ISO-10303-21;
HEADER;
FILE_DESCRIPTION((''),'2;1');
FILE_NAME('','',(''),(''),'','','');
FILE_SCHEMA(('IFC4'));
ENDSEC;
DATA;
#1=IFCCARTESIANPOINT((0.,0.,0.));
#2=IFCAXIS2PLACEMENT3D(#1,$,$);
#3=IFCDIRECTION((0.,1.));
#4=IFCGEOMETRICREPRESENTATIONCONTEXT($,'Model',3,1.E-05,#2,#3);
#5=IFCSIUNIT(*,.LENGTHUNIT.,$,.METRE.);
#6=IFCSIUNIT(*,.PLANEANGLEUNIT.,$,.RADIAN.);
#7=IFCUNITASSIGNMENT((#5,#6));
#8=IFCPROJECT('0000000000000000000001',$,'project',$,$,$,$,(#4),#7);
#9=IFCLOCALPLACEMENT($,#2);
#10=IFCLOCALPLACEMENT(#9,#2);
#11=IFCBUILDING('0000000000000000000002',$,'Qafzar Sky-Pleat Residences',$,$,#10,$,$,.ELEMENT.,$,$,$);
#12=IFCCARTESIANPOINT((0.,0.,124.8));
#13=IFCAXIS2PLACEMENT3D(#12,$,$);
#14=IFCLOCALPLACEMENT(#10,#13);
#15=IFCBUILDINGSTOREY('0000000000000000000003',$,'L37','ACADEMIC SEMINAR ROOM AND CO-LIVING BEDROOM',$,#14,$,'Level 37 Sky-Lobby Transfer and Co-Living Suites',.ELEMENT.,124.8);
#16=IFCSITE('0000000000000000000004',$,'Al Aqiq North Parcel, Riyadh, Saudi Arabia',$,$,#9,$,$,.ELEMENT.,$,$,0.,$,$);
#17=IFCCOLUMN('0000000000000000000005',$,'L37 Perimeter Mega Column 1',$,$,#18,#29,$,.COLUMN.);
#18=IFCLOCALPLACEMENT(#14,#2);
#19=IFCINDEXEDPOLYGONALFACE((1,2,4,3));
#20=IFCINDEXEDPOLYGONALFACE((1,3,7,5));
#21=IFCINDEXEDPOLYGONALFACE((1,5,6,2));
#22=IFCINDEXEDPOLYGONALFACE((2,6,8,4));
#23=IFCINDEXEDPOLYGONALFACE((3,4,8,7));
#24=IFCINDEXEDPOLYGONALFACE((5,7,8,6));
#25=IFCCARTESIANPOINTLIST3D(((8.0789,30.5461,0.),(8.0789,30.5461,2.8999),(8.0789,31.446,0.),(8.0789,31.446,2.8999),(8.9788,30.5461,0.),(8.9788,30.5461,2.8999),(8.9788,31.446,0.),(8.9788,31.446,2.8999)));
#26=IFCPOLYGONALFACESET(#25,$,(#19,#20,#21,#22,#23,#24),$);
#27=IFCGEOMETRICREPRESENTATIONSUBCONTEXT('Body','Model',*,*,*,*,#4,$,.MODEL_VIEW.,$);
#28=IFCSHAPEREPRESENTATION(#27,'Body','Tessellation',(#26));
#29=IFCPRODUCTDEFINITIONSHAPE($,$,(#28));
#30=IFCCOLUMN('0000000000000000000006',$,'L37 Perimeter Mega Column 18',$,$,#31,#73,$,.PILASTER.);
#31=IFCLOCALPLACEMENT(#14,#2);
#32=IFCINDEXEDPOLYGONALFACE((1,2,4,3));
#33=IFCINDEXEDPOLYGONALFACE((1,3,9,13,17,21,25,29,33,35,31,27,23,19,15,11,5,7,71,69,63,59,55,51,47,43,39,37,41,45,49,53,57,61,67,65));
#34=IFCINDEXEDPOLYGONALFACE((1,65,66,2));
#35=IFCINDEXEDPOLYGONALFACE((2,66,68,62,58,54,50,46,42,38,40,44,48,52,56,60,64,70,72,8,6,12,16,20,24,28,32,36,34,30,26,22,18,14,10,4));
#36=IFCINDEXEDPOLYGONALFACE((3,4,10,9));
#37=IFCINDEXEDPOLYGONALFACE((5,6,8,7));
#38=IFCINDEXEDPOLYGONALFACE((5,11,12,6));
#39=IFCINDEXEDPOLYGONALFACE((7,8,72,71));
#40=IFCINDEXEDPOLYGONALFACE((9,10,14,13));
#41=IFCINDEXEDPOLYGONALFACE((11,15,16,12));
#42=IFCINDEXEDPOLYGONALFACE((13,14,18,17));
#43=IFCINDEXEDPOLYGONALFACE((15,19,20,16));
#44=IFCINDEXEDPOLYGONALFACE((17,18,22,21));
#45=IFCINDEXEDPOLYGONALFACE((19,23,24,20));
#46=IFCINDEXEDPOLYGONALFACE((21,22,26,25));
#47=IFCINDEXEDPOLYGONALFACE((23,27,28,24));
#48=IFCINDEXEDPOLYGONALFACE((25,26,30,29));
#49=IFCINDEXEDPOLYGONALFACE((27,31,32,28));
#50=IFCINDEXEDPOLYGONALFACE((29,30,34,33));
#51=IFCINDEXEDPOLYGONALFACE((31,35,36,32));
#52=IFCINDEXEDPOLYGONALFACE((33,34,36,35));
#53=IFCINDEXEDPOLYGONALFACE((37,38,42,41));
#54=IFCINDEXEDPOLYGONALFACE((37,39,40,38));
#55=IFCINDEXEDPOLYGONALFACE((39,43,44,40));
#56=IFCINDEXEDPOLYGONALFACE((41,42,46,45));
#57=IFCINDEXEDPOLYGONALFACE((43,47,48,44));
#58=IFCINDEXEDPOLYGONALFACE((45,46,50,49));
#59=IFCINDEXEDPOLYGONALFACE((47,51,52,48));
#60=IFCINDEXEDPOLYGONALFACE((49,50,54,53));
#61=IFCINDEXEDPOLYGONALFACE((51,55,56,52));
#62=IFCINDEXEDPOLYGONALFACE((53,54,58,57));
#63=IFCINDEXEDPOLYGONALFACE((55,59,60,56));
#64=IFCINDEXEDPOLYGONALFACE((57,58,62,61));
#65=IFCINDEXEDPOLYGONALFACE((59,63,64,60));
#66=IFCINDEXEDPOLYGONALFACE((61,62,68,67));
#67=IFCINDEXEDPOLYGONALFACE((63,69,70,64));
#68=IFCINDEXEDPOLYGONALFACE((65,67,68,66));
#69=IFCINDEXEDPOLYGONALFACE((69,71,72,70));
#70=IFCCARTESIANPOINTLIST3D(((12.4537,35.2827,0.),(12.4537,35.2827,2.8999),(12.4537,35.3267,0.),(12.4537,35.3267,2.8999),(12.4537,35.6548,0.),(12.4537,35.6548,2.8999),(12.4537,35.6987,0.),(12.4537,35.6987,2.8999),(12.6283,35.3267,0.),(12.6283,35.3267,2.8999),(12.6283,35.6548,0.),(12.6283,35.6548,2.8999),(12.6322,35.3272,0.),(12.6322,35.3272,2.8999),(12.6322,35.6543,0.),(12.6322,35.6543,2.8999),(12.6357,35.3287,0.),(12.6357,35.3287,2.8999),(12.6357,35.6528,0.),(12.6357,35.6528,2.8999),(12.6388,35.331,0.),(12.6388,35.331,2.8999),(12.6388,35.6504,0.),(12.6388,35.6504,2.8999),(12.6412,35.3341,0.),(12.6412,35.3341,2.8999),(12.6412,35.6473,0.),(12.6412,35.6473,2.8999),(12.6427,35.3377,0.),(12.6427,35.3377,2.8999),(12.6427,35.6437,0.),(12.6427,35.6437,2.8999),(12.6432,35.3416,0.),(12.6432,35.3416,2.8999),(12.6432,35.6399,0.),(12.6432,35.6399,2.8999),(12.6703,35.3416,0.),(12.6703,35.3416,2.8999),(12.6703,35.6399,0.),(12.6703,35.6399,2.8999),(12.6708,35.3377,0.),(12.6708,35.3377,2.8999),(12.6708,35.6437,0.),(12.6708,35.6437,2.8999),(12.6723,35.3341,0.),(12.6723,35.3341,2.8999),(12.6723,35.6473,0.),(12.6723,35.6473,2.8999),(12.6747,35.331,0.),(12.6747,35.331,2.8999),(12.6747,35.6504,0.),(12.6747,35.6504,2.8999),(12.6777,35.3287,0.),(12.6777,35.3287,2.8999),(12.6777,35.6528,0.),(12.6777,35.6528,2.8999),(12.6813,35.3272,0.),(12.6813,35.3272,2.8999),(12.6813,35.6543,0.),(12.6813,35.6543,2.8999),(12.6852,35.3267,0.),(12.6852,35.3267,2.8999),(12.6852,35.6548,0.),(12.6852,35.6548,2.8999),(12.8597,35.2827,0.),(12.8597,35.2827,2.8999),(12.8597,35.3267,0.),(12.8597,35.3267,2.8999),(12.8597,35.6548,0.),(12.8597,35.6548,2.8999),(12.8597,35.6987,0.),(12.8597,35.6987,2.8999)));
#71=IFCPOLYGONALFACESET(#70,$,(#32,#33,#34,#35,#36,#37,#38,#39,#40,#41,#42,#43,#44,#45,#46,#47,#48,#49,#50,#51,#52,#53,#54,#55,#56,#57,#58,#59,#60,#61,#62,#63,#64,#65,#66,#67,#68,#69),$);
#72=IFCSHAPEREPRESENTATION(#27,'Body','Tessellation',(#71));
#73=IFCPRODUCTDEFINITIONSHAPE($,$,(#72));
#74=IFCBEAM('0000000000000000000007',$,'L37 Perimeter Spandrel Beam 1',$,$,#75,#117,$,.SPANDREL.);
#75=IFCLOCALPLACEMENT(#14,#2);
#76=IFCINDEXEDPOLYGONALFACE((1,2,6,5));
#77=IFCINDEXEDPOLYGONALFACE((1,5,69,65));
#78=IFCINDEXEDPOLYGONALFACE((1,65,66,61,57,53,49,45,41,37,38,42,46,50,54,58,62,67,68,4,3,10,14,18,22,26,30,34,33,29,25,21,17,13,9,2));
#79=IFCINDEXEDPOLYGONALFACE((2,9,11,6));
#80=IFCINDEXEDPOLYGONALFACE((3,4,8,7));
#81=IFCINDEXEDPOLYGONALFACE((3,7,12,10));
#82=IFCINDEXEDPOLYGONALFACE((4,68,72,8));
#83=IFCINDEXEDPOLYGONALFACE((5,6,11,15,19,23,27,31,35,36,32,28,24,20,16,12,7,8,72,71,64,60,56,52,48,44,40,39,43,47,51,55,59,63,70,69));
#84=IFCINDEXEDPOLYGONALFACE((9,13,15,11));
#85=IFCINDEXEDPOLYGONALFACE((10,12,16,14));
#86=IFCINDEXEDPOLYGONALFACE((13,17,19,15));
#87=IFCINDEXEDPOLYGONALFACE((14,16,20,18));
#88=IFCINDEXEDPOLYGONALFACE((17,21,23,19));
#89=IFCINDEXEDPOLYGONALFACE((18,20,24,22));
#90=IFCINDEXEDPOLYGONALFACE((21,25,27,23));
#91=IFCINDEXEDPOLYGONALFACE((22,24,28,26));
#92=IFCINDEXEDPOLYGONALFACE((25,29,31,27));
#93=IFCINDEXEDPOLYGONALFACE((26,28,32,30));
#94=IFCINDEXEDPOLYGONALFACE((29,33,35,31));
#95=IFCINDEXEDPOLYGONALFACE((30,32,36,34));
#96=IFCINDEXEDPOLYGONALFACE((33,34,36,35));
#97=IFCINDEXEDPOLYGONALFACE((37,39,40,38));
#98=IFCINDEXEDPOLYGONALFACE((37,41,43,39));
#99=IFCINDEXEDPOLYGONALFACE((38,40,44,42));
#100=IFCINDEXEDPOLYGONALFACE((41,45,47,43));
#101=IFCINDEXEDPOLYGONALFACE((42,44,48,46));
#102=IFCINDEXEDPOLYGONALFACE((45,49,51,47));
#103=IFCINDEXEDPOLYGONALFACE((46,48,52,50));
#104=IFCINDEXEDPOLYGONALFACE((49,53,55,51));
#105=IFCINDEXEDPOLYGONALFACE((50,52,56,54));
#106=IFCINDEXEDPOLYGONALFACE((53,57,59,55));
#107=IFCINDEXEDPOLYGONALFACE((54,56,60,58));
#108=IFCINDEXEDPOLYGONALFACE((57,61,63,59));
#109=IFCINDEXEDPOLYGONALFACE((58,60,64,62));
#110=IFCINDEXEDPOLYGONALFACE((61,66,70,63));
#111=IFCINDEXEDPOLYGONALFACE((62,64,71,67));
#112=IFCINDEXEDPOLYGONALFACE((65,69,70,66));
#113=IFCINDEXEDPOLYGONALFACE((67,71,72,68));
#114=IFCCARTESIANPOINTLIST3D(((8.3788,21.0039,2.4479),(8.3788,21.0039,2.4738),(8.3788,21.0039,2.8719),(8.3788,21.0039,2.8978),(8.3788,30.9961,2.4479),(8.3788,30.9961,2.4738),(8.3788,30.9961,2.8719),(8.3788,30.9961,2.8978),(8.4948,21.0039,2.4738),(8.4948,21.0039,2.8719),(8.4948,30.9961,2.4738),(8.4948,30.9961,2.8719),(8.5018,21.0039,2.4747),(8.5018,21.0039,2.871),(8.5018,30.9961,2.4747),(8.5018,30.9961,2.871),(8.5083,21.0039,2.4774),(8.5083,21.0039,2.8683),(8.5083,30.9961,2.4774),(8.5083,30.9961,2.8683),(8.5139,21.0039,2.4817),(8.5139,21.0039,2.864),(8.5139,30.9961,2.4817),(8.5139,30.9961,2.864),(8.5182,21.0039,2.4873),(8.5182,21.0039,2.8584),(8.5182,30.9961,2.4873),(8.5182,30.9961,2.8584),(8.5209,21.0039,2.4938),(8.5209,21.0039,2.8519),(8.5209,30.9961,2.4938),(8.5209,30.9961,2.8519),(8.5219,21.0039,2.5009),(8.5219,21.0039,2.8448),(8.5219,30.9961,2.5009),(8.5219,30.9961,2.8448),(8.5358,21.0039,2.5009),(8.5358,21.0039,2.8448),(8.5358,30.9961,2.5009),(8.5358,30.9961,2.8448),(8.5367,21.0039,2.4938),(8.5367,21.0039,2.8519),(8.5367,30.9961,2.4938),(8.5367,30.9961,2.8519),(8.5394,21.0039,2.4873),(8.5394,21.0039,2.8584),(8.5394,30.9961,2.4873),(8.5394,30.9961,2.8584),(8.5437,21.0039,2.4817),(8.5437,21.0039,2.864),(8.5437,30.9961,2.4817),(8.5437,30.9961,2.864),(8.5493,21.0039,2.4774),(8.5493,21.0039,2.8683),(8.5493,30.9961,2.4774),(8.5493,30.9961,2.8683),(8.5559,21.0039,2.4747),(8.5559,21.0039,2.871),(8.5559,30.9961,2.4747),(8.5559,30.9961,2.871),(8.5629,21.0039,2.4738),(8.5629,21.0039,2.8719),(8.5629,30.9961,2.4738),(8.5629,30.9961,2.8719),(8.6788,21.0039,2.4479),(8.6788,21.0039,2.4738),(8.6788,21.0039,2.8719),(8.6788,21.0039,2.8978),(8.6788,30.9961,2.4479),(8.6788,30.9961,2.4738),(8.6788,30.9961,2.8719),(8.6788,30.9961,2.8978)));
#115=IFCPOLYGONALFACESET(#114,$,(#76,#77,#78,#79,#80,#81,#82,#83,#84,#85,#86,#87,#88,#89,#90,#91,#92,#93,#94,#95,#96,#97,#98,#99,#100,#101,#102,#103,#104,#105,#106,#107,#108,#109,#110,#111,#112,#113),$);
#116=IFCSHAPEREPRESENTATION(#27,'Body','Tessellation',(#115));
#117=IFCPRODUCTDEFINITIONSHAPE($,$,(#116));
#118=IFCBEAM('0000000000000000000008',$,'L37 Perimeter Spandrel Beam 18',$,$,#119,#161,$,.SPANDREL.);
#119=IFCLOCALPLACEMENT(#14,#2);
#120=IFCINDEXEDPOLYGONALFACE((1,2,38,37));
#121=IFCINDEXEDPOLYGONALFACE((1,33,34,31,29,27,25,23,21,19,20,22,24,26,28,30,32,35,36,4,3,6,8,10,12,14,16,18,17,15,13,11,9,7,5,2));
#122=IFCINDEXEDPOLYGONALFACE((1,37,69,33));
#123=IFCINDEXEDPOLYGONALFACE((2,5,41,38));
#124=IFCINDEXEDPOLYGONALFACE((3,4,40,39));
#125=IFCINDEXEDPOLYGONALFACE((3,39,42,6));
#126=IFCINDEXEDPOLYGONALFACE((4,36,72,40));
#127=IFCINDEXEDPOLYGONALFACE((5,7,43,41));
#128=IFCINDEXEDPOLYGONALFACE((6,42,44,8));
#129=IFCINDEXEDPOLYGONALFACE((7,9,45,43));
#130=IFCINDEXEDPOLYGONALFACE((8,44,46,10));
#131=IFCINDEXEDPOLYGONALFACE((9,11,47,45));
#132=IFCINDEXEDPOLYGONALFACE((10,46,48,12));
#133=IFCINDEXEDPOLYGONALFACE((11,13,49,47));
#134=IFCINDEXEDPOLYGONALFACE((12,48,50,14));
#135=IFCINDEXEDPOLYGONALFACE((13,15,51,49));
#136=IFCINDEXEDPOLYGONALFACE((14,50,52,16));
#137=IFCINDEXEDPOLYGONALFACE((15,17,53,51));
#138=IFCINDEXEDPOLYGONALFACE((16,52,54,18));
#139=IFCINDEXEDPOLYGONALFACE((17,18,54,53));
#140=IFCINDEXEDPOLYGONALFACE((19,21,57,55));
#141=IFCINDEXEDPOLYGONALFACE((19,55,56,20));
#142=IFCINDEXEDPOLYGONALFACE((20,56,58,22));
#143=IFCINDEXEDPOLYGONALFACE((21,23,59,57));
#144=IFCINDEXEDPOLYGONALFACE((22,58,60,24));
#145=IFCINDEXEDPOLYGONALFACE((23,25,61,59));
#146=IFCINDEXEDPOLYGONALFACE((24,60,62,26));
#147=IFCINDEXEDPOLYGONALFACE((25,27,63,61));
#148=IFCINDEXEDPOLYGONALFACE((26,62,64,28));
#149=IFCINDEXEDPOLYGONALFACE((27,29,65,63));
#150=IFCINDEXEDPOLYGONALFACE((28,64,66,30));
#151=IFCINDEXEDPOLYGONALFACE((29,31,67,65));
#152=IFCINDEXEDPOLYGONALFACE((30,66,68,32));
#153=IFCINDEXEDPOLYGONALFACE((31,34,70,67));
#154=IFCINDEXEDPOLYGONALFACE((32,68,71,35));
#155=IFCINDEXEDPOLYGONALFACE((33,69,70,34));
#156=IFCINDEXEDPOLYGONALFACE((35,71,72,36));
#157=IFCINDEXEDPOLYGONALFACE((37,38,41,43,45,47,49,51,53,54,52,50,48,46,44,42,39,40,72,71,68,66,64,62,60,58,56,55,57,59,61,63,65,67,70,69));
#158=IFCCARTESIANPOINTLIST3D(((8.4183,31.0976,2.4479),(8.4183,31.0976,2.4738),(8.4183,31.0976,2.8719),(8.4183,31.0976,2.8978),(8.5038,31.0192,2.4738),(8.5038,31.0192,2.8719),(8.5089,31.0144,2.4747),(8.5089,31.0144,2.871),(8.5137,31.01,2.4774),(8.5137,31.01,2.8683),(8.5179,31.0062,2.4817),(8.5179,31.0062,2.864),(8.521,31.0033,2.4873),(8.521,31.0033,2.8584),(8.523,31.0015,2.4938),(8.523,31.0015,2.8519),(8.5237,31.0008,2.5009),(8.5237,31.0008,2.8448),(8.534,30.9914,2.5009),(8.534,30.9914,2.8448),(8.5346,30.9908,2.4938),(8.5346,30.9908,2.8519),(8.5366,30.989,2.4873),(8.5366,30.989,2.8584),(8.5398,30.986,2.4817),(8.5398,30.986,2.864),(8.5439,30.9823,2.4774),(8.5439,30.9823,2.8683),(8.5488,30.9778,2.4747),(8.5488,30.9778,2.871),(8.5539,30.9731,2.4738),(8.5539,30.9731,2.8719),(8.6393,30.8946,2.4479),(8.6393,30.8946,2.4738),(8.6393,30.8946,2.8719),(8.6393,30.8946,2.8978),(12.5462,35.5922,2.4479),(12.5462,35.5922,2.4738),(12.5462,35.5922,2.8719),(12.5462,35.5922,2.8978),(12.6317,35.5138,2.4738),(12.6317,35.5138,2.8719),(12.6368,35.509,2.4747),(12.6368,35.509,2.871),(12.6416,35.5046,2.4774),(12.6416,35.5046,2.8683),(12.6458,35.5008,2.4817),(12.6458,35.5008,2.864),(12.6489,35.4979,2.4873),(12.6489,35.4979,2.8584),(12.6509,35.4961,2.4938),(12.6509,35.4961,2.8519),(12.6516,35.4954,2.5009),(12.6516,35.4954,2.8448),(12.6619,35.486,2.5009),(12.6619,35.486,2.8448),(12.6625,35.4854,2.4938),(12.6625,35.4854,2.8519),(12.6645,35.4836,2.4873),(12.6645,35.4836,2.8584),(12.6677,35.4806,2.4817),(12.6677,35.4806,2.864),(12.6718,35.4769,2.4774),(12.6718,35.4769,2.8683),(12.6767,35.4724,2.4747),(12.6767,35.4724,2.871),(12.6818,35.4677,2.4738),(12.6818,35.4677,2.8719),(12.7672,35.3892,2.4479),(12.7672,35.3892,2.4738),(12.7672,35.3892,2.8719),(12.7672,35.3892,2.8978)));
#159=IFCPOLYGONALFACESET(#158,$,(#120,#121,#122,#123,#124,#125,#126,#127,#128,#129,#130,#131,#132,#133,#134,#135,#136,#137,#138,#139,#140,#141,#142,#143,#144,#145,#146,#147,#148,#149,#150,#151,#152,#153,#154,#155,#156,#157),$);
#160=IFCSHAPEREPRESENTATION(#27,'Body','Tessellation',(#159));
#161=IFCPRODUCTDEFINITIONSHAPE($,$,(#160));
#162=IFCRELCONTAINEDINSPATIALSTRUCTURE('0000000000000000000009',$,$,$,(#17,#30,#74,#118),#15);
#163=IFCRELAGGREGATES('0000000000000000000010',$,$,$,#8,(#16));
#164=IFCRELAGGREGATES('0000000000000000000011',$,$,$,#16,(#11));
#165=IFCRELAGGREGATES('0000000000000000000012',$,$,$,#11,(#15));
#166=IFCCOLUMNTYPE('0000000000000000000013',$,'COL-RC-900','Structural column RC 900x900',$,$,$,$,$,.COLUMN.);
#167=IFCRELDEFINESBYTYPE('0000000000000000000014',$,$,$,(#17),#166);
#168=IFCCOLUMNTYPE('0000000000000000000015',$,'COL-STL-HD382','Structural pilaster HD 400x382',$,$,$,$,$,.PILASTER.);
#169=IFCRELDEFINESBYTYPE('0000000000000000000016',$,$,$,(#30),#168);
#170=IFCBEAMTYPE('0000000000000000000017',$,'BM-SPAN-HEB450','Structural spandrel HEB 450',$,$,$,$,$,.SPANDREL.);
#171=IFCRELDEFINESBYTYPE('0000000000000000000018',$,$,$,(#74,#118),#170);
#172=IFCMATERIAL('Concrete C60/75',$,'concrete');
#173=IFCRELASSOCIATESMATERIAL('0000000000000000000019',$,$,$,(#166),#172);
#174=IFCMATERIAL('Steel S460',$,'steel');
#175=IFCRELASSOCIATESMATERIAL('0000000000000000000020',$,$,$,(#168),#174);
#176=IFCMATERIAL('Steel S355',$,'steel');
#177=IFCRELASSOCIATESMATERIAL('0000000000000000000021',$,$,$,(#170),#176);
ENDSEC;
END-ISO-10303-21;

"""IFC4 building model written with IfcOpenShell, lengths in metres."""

from ifc_helpers import new_model, si_unit, direction, frame, origin, origin_2d, place, context, subcontext, project, spatial, rectangle, i_section, extrude, source, transform, mapped, material, material_profile, profile_set, type_object, element, save


model = new_model("IFC4")

# Units and contexts
model_context = context("Model", 3, precision=1e-05, world=origin(), true_north=direction((0.0, 1.0)))
body_context = subcontext(model_context, "Body", "Model", "MODEL_VIEW")
ifc_project = project(units=[si_unit("LENGTHUNIT", "METRE"), si_unit("PLANEANGLEUNIT", "RADIAN")], contexts=[model_context])

# Site, building, storey
site_placement = place(None, origin())
site = spatial("IfcSite", under=ifc_project, at=site_placement, Name="Al Aqiq North Parcel, Riyadh, Saudi Arabia", CompositionType="ELEMENT", RefElevation=0.0)
building_placement = place(site_placement, origin())
building = spatial("IfcBuilding", under=site, at=building_placement, Name="Qafzar Sky-Pleat Residences", CompositionType="ELEMENT")
storey_placement = place(building_placement, frame((0.0, 0.0, 124.8)))
storey = spatial("IfcBuildingStorey", under=building, at=storey_placement, Name="L37", Description="ACADEMIC SEMINAR ROOM AND CO-LIVING BEDROOM", LongName="Level 37 Sky-Lobby Transfer and Co-Living Suites", CompositionType="ELEMENT", Elevation=124.8)

# Columns
ifc_material_1 = material(Name="Concrete C60/75", Category="concrete")
ifc_material_profile_1 = material_profile(ifc_material_1, rectangle(XDim=0.8999, YDim=0.8999, at=origin_2d()), Name="RC 900x900")
ifc_profile_set_1 = profile_set([ifc_material_profile_1], Name="Concrete C60/75")
column_type_1 = type_object("IfcColumnType", Name="COL-RC-900", Description="Structural column RC 900x900", PredefinedType="COLUMN", material=ifc_profile_set_1)
shared_shape_1 = source(origin(), body_context, "Body", "SweptSolid", [
    extrude(rectangle(XDim=0.8999, YDim=0.8999, at=origin_2d()), origin(), (0.0, 0.0, 1.0), 2.8999),
])
column_1_placement = place(storey_placement, frame((8.5288, 30.9961, 0.0), z_axis=(0.0, 0.0, 1.0), x_axis=(1.0, 0.0, 0.0)))
element("IfcColumn", 1, at=column_1_placement, inside=storey, type_object=column_type_1, Name="L37 Perimeter Mega Column 1", PredefinedType="COLUMN", context=body_context, shape_type="MappedRepresentation", body=[
    mapped(shared_shape_1, transform((0.0, 0.0, 0.0), x_axis=(1.0, 0.0, 0.0), y_axis=(0.0, 1.0, 0.0), z_axis=(0.0, 0.0, 1.0), scale=1.0)),
])
ifc_material_2 = material(Name="Steel S460", Category="steel")
ifc_material_profile_2 = material_profile(ifc_material_2, i_section(OverallWidth=0.406, OverallDepth=0.416, WebThickness=0.0271, FlangeThickness=0.0439, FilletRadius=0.0149, at=origin_2d()), Name="HD 400x382")
ifc_profile_set_2 = profile_set([ifc_material_profile_2], Name="Steel S460")
column_type_2 = type_object("IfcColumnType", Name="COL-STL-HD382", Description="Structural pilaster HD 400x382", PredefinedType="PILASTER", material=ifc_profile_set_2)
shared_shape_2 = source(origin(), body_context, "Body", "SweptSolid", [
    extrude(i_section(OverallWidth=0.406, OverallDepth=0.416, WebThickness=0.0271, FlangeThickness=0.0439, FilletRadius=0.0149, at=origin_2d()), origin(), (0.0, 0.0, 1.0), 2.8999),
])
column_2_placement = place(storey_placement, frame((12.6567, 35.4907, 0.0), z_axis=(0.0, 0.0, 1.0), x_axis=(1.0, 0.0, 0.0)))
element("IfcColumn", 2, at=column_2_placement, inside=storey, type_object=column_type_2, Name="L37 Perimeter Mega Column 18", PredefinedType="PILASTER", context=body_context, shape_type="MappedRepresentation", body=[
    mapped(shared_shape_2, transform((0.0, 0.0, 0.0), x_axis=(1.0, 0.0, 0.0), y_axis=(0.0, 1.0, 0.0), z_axis=(0.0, 0.0, 1.0), scale=1.0)),
])

# Beams
ifc_material_3 = material(Name="Steel S355", Category="steel")
ifc_material_profile_3 = material_profile(ifc_material_3, i_section(OverallWidth=0.3, OverallDepth=0.45, WebThickness=0.0139, FlangeThickness=0.0259, FilletRadius=0.0271, at=origin_2d()), Name="HEB 450")
ifc_profile_set_3 = profile_set([ifc_material_profile_3], Name="Steel S355")
beam_type_1 = type_object("IfcBeamType", Name="BM-SPAN-HEB450", Description="Structural spandrel HEB 450", PredefinedType="SPANDREL", material=ifc_profile_set_3)
shared_shape_3 = source(origin(), body_context, "Body", "SweptSolid", [
    extrude(i_section(OverallWidth=0.3, OverallDepth=0.45, WebThickness=0.0139, FlangeThickness=0.0259, FilletRadius=0.0271, at=origin_2d()), origin(), (0.0, 0.0, 1.0), 9.9922),
])
beam_1_placement = place(storey_placement, frame((8.5288, 30.9961, 2.6729), z_axis=(0.0, -1.0, 0.0), x_axis=(1.0, 0.0, 0.0)))
element("IfcBeam", 3, at=beam_1_placement, inside=storey, type_object=beam_type_1, Name="L37 Perimeter Spandrel Beam 1", PredefinedType="SPANDREL", context=body_context, shape_type="MappedRepresentation", body=[
    mapped(shared_shape_3, transform((0.0, 0.0, 0.0), x_axis=(1.0, 0.0, 0.0), y_axis=(0.0, 1.0, 0.0), z_axis=(0.0, 0.0, 1.0), scale=1.0)),
])
shared_shape_4 = source(origin(), body_context, "Body", "SweptSolid", [
    extrude(i_section(OverallWidth=0.3, OverallDepth=0.45, WebThickness=0.0139, FlangeThickness=0.0259, FilletRadius=0.0271, at=origin_2d()), origin(), (0.0, 0.0, 1.0), 6.1025),
])
beam_2_placement = place(storey_placement, frame((12.6567, 35.4907, 2.6729), z_axis=(-0.676424, -0.736513, 0.0), x_axis=(0.736513, -0.676424, 0.0)))
element("IfcBeam", 4, at=beam_2_placement, inside=storey, type_object=beam_type_1, Name="L37 Perimeter Spandrel Beam 18", PredefinedType="SPANDREL", context=body_context, shape_type="MappedRepresentation", body=[
    mapped(shared_shape_4, transform((0.0, 0.0, 0.0), x_axis=(1.0, 0.0, 0.0), y_axis=(0.0, 1.0, 0.0), z_axis=(0.0, 0.0, 1.0), scale=1.0)),
])

save(model, "model.ifc")
